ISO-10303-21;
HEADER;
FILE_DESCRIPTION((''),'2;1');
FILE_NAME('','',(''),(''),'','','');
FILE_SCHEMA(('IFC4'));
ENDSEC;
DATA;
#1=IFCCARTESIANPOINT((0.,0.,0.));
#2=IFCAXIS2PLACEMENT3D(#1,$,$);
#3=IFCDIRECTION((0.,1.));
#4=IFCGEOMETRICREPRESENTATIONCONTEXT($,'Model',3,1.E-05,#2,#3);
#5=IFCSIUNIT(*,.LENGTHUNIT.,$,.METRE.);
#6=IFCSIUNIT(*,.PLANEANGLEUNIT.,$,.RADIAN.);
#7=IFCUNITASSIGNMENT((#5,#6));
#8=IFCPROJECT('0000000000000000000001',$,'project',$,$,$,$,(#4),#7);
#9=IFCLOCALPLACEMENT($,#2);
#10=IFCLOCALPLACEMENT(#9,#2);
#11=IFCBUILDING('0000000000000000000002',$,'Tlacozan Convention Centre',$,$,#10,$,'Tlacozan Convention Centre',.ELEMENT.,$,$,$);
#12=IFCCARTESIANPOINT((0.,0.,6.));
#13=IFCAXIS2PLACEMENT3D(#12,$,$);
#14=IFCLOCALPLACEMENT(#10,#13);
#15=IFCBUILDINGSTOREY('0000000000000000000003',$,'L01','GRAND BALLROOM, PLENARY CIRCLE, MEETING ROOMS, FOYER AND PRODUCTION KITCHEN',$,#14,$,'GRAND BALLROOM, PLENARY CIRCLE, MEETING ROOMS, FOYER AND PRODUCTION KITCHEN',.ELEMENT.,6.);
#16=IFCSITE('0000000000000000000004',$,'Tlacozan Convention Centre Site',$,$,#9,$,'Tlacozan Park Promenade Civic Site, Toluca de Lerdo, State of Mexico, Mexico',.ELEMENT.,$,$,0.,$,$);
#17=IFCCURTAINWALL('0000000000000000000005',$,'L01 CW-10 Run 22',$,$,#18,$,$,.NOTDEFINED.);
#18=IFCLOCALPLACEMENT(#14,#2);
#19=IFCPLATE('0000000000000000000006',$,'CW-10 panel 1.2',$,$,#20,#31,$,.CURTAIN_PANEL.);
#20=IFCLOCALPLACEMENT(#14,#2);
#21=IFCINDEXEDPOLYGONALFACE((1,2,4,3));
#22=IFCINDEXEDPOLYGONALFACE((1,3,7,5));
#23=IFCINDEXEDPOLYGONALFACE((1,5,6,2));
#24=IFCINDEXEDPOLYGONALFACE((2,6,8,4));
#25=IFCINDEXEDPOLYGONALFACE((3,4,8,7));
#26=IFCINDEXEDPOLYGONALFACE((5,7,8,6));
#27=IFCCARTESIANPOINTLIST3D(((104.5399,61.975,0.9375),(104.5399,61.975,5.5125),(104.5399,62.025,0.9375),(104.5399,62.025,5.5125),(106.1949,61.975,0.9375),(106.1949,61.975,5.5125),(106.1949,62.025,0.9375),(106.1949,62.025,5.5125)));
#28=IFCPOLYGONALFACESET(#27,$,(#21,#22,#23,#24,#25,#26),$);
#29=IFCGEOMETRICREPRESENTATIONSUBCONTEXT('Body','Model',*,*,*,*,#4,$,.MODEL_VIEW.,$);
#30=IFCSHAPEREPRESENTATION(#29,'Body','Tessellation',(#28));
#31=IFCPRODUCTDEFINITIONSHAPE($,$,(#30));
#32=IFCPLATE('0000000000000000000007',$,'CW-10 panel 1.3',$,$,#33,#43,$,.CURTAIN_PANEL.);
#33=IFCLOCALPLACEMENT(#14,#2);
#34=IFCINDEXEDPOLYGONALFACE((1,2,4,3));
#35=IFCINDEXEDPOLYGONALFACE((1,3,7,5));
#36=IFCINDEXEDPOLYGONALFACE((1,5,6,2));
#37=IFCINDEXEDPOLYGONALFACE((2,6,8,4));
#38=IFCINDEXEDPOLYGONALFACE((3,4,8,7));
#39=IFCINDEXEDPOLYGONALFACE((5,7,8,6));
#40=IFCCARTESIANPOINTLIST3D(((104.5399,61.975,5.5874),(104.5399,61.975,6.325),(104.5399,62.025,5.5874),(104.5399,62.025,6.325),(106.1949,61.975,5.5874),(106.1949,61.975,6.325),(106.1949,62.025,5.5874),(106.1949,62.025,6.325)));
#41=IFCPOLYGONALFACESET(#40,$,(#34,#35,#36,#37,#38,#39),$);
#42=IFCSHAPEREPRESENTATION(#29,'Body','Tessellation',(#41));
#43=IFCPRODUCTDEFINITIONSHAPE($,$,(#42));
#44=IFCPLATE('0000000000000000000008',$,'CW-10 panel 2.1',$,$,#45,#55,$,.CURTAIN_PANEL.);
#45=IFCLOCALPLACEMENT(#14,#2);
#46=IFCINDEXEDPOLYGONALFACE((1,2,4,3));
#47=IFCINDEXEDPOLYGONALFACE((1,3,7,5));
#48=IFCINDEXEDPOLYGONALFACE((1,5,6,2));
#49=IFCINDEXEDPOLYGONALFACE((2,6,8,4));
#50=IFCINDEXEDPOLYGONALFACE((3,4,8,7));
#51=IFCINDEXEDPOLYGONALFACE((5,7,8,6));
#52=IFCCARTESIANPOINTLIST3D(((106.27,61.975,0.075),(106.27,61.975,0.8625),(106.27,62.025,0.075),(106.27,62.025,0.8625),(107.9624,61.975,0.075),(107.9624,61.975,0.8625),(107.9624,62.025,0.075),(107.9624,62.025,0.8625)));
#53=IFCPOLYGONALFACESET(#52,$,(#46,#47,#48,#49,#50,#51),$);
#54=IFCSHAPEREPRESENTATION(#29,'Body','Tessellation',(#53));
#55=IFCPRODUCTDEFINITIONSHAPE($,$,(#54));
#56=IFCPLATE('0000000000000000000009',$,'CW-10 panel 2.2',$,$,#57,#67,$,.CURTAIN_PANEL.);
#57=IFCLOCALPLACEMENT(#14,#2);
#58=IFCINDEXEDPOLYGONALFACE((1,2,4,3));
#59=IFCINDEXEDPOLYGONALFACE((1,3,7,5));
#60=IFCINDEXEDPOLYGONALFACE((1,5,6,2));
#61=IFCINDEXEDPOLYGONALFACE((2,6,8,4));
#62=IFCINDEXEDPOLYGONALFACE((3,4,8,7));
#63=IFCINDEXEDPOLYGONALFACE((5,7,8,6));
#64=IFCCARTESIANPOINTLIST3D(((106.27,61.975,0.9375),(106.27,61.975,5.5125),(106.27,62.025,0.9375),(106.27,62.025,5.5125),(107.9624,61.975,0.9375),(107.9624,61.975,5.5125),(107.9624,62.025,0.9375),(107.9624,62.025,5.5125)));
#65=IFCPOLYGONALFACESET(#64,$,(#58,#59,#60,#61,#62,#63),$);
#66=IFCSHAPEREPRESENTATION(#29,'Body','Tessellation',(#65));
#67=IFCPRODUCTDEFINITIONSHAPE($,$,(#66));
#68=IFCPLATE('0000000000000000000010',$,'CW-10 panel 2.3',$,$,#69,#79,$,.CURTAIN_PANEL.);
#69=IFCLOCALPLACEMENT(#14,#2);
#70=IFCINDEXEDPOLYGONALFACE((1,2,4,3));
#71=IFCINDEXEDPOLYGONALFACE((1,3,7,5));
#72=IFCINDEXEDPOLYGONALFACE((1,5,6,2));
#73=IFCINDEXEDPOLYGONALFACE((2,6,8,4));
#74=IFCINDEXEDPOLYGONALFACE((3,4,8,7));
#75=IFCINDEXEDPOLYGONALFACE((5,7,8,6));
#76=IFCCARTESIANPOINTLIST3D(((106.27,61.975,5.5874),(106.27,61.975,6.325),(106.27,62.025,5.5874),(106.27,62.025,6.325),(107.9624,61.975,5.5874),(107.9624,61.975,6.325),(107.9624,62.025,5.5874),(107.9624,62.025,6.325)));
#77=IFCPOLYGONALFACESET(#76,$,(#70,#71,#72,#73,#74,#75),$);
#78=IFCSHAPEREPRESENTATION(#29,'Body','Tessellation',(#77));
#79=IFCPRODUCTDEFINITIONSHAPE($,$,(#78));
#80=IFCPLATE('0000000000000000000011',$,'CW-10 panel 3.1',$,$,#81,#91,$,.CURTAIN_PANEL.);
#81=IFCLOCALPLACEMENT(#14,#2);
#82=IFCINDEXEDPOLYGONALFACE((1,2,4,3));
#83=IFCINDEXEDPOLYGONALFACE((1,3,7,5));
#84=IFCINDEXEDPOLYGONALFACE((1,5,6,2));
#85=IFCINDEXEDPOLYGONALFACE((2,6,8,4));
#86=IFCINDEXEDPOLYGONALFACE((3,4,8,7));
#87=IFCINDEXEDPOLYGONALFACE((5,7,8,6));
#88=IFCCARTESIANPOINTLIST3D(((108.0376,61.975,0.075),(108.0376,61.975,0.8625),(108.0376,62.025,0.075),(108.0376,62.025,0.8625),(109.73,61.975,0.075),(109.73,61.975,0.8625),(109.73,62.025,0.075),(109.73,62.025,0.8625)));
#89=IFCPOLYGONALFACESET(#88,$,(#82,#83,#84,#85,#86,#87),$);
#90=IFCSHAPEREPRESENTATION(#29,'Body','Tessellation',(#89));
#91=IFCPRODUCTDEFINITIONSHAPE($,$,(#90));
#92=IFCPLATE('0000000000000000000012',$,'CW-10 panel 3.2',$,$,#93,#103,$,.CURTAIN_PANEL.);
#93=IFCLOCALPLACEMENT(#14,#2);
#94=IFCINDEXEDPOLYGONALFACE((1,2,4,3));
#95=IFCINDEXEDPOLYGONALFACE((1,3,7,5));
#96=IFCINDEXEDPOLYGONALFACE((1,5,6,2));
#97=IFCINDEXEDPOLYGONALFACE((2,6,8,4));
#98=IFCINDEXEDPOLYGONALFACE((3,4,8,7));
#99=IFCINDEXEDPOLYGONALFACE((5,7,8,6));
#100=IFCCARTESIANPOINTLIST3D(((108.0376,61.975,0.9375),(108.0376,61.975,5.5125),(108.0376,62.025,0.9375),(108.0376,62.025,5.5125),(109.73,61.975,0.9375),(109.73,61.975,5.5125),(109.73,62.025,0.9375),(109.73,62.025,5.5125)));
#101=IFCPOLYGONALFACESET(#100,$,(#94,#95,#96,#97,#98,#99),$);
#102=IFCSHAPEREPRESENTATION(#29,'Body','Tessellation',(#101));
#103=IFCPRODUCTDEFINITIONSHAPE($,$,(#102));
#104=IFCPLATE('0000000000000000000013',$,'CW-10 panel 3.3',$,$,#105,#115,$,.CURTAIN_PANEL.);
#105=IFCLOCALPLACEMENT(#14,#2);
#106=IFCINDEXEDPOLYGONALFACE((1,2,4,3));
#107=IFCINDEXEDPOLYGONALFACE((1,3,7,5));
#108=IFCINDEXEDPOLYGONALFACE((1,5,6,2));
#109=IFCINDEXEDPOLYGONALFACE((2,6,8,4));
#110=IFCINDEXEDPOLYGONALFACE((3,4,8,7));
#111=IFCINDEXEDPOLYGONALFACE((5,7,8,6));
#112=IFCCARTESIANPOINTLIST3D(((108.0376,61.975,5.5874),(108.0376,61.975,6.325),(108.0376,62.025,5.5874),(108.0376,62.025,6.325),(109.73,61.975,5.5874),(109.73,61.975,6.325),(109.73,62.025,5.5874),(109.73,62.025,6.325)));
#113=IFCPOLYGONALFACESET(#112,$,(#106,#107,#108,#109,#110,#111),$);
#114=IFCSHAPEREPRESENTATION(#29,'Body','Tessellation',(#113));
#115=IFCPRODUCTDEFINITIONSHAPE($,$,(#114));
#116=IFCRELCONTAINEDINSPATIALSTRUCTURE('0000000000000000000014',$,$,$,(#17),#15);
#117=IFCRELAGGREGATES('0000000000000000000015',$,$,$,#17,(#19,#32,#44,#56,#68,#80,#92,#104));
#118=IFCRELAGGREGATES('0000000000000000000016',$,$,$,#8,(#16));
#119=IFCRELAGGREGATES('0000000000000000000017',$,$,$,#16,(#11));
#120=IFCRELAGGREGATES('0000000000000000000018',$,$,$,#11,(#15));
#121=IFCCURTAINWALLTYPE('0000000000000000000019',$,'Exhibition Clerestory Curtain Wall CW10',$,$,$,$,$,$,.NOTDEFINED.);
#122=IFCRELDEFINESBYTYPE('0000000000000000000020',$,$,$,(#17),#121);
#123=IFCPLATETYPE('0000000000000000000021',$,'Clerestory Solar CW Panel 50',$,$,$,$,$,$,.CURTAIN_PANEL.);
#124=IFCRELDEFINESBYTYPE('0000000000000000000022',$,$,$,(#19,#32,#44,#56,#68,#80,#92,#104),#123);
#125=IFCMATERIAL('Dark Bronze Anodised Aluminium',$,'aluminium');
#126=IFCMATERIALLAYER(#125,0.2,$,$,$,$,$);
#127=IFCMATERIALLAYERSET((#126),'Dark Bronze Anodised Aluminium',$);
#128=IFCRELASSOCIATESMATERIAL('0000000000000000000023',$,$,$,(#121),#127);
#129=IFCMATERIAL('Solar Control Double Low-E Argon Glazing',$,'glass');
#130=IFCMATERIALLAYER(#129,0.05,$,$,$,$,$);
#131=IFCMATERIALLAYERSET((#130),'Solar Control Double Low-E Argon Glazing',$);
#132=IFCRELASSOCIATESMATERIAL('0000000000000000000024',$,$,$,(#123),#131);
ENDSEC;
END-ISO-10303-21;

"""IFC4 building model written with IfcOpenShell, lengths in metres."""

from ifc_helpers import new_model, si_unit, direction, frame, origin, origin_2d, place, context, subcontext, project, spatial, rectangle, extrude, material, layer, layer_set, type_object, element, aggregate, save


model = new_model("IFC4")

# Units and contexts
model_context = context("Model", 3, precision=1e-05, world=origin(), true_north=direction((0.0, 1.0)))
body_context = subcontext(model_context, "Body", "Model", "MODEL_VIEW")
ifc_project = project(units=[si_unit("LENGTHUNIT", "METRE"), si_unit("PLANEANGLEUNIT", "RADIAN")], contexts=[model_context])

# Site, building, storey
site_placement = place(None, origin())
site = spatial("IfcSite", under=ifc_project, at=site_placement, Name="Tlacozan Convention Centre Site", LongName="Tlacozan Park Promenade Civic Site, Toluca de Lerdo, State of Mexico, Mexico", CompositionType="ELEMENT", RefElevation=0.0)
building_placement = place(site_placement, origin())
building = spatial("IfcBuilding", under=site, at=building_placement, Name="Tlacozan Convention Centre", LongName="Tlacozan Convention Centre", CompositionType="ELEMENT")
storey_placement = place(building_placement, frame((0.0, 0.0, 6.0)))
storey = spatial("IfcBuildingStorey", under=building, at=storey_placement, Name="L01", Description="GRAND BALLROOM, PLENARY CIRCLE, MEETING ROOMS, FOYER AND PRODUCTION KITCHEN", LongName="GRAND BALLROOM, PLENARY CIRCLE, MEETING ROOMS, FOYER AND PRODUCTION KITCHEN", CompositionType="ELEMENT", Elevation=6.0)

# Curtain wall, plates
ifc_material_1 = material(Name="Dark Bronze Anodised Aluminium", Category="aluminium")
ifc_layer_1 = layer(ifc_material_1, 0.2)
ifc_layer_set_1 = layer_set([ifc_layer_1], Name="Dark Bronze Anodised Aluminium")
curtain_wall_type = type_object("IfcCurtainWallType", Name="Exhibition Clerestory Curtain Wall CW10", PredefinedType="NOTDEFINED", material=ifc_layer_set_1)
curtain_wall_placement = place(storey_placement, origin())
curtain_wall = element("IfcCurtainWall", 1, at=curtain_wall_placement, inside=storey, type_object=curtain_wall_type, Name="L01 CW-10 Run 22", PredefinedType="NOTDEFINED")
ifc_material_2 = material(Name="Solar Control Double Low-E Argon Glazing", Category="glass")
ifc_layer_2 = layer(ifc_material_2, 0.05)
ifc_layer_set_2 = layer_set([ifc_layer_2], Name="Solar Control Double Low-E Argon Glazing")
plate_type = type_object("IfcPlateType", Name="Clerestory Solar CW Panel 50", PredefinedType="CURTAIN_PANEL", material=ifc_layer_set_2)
plate_1_placement = place(storey_placement, frame((105.3674, 62.0, 0.9375), z_axis=(0.0, 0.0, 1.0), x_axis=(1.0, 0.0, 0.0)))
plate_1 = element("IfcPlate", 2, at=plate_1_placement, type_object=plate_type, Name="CW-10 panel 1.2", PredefinedType="CURTAIN_PANEL", context=body_context, shape_type="SweptSolid", body=[
    extrude(rectangle(XDim=1.655, YDim=0.05, at=origin_2d()), origin(), (0.0, 0.0, 1.0), 4.575),
])
plate_2_placement = place(storey_placement, frame((105.3674, 62.0, 5.5874), z_axis=(0.0, 0.0, 1.0), x_axis=(1.0, 0.0, 0.0)))
plate_2 = element("IfcPlate", 3, at=plate_2_placement, type_object=plate_type, Name="CW-10 panel 1.3", PredefinedType="CURTAIN_PANEL", context=body_context, shape_type="SweptSolid", body=[
    extrude(rectangle(XDim=1.655, YDim=0.05, at=origin_2d()), origin(), (0.0, 0.0, 1.0), 0.7375),
])
plate_3_placement = place(storey_placement, frame((107.1162, 62.0, 0.075), z_axis=(0.0, 0.0, 1.0), x_axis=(1.0, 0.0, 0.0)))
plate_3 = element("IfcPlate", 4, at=plate_3_placement, type_object=plate_type, Name="CW-10 panel 2.1", PredefinedType="CURTAIN_PANEL", context=body_context, shape_type="SweptSolid", body=[
    extrude(rectangle(XDim=1.6924, YDim=0.05, at=origin_2d()), origin(), (0.0, 0.0, 1.0), 0.7876),
])
plate_4_placement = place(storey_placement, frame((107.1162, 62.0, 0.9375), z_axis=(0.0, 0.0, 1.0), x_axis=(1.0, 0.0, 0.0)))
plate_4 = element("IfcPlate", 5, at=plate_4_placement, type_object=plate_type, Name="CW-10 panel 2.2", PredefinedType="CURTAIN_PANEL", context=body_context, shape_type="SweptSolid", body=[
    extrude(rectangle(XDim=1.6924, YDim=0.05, at=origin_2d()), origin(), (0.0, 0.0, 1.0), 4.575),
])
plate_5_placement = place(storey_placement, frame((107.1162, 62.0, 5.5874), z_axis=(0.0, 0.0, 1.0), x_axis=(1.0, 0.0, 0.0)))
plate_5 = element("IfcPlate", 6, at=plate_5_placement, type_object=plate_type, Name="CW-10 panel 2.3", PredefinedType="CURTAIN_PANEL", context=body_context, shape_type="SweptSolid", body=[
    extrude(rectangle(XDim=1.6924, YDim=0.05, at=origin_2d()), origin(), (0.0, 0.0, 1.0), 0.7375),
])
plate_6_placement = place(storey_placement, frame((108.8838, 62.0, 0.075), z_axis=(0.0, 0.0, 1.0), x_axis=(1.0, 0.0, 0.0)))
plate_6 = element("IfcPlate", 7, at=plate_6_placement, type_object=plate_type, Name="CW-10 panel 3.1", PredefinedType="CURTAIN_PANEL", context=body_context, shape_type="SweptSolid", body=[
    extrude(rectangle(XDim=1.6924, YDim=0.05, at=origin_2d()), origin(), (0.0, 0.0, 1.0), 0.7876),
])
plate_7_placement = place(storey_placement, frame((108.8838, 62.0, 0.9375), z_axis=(0.0, 0.0, 1.0), x_axis=(1.0, 0.0, 0.0)))
plate_7 = element("IfcPlate", 8, at=plate_7_placement, type_object=plate_type, Name="CW-10 panel 3.2", PredefinedType="CURTAIN_PANEL", context=body_context, shape_type="SweptSolid", body=[
    extrude(rectangle(XDim=1.6924, YDim=0.05, at=origin_2d()), origin(), (0.0, 0.0, 1.0), 4.575),
])
plate_8_placement = place(storey_placement, frame((108.8838, 62.0, 5.5874), z_axis=(0.0, 0.0, 1.0), x_axis=(1.0, 0.0, 0.0)))
plate_8 = element("IfcPlate", 9, at=plate_8_placement, type_object=plate_type, Name="CW-10 panel 3.3", PredefinedType="CURTAIN_PANEL", context=body_context, shape_type="SweptSolid", body=[
    extrude(rectangle(XDim=1.6924, YDim=0.05, at=origin_2d()), origin(), (0.0, 0.0, 1.0), 0.7375),
])
aggregate(curtain_wall, [plate_1, plate_2, plate_3, plate_4, plate_5, plate_6, plate_7, plate_8])

save(model, "model.ifc")
